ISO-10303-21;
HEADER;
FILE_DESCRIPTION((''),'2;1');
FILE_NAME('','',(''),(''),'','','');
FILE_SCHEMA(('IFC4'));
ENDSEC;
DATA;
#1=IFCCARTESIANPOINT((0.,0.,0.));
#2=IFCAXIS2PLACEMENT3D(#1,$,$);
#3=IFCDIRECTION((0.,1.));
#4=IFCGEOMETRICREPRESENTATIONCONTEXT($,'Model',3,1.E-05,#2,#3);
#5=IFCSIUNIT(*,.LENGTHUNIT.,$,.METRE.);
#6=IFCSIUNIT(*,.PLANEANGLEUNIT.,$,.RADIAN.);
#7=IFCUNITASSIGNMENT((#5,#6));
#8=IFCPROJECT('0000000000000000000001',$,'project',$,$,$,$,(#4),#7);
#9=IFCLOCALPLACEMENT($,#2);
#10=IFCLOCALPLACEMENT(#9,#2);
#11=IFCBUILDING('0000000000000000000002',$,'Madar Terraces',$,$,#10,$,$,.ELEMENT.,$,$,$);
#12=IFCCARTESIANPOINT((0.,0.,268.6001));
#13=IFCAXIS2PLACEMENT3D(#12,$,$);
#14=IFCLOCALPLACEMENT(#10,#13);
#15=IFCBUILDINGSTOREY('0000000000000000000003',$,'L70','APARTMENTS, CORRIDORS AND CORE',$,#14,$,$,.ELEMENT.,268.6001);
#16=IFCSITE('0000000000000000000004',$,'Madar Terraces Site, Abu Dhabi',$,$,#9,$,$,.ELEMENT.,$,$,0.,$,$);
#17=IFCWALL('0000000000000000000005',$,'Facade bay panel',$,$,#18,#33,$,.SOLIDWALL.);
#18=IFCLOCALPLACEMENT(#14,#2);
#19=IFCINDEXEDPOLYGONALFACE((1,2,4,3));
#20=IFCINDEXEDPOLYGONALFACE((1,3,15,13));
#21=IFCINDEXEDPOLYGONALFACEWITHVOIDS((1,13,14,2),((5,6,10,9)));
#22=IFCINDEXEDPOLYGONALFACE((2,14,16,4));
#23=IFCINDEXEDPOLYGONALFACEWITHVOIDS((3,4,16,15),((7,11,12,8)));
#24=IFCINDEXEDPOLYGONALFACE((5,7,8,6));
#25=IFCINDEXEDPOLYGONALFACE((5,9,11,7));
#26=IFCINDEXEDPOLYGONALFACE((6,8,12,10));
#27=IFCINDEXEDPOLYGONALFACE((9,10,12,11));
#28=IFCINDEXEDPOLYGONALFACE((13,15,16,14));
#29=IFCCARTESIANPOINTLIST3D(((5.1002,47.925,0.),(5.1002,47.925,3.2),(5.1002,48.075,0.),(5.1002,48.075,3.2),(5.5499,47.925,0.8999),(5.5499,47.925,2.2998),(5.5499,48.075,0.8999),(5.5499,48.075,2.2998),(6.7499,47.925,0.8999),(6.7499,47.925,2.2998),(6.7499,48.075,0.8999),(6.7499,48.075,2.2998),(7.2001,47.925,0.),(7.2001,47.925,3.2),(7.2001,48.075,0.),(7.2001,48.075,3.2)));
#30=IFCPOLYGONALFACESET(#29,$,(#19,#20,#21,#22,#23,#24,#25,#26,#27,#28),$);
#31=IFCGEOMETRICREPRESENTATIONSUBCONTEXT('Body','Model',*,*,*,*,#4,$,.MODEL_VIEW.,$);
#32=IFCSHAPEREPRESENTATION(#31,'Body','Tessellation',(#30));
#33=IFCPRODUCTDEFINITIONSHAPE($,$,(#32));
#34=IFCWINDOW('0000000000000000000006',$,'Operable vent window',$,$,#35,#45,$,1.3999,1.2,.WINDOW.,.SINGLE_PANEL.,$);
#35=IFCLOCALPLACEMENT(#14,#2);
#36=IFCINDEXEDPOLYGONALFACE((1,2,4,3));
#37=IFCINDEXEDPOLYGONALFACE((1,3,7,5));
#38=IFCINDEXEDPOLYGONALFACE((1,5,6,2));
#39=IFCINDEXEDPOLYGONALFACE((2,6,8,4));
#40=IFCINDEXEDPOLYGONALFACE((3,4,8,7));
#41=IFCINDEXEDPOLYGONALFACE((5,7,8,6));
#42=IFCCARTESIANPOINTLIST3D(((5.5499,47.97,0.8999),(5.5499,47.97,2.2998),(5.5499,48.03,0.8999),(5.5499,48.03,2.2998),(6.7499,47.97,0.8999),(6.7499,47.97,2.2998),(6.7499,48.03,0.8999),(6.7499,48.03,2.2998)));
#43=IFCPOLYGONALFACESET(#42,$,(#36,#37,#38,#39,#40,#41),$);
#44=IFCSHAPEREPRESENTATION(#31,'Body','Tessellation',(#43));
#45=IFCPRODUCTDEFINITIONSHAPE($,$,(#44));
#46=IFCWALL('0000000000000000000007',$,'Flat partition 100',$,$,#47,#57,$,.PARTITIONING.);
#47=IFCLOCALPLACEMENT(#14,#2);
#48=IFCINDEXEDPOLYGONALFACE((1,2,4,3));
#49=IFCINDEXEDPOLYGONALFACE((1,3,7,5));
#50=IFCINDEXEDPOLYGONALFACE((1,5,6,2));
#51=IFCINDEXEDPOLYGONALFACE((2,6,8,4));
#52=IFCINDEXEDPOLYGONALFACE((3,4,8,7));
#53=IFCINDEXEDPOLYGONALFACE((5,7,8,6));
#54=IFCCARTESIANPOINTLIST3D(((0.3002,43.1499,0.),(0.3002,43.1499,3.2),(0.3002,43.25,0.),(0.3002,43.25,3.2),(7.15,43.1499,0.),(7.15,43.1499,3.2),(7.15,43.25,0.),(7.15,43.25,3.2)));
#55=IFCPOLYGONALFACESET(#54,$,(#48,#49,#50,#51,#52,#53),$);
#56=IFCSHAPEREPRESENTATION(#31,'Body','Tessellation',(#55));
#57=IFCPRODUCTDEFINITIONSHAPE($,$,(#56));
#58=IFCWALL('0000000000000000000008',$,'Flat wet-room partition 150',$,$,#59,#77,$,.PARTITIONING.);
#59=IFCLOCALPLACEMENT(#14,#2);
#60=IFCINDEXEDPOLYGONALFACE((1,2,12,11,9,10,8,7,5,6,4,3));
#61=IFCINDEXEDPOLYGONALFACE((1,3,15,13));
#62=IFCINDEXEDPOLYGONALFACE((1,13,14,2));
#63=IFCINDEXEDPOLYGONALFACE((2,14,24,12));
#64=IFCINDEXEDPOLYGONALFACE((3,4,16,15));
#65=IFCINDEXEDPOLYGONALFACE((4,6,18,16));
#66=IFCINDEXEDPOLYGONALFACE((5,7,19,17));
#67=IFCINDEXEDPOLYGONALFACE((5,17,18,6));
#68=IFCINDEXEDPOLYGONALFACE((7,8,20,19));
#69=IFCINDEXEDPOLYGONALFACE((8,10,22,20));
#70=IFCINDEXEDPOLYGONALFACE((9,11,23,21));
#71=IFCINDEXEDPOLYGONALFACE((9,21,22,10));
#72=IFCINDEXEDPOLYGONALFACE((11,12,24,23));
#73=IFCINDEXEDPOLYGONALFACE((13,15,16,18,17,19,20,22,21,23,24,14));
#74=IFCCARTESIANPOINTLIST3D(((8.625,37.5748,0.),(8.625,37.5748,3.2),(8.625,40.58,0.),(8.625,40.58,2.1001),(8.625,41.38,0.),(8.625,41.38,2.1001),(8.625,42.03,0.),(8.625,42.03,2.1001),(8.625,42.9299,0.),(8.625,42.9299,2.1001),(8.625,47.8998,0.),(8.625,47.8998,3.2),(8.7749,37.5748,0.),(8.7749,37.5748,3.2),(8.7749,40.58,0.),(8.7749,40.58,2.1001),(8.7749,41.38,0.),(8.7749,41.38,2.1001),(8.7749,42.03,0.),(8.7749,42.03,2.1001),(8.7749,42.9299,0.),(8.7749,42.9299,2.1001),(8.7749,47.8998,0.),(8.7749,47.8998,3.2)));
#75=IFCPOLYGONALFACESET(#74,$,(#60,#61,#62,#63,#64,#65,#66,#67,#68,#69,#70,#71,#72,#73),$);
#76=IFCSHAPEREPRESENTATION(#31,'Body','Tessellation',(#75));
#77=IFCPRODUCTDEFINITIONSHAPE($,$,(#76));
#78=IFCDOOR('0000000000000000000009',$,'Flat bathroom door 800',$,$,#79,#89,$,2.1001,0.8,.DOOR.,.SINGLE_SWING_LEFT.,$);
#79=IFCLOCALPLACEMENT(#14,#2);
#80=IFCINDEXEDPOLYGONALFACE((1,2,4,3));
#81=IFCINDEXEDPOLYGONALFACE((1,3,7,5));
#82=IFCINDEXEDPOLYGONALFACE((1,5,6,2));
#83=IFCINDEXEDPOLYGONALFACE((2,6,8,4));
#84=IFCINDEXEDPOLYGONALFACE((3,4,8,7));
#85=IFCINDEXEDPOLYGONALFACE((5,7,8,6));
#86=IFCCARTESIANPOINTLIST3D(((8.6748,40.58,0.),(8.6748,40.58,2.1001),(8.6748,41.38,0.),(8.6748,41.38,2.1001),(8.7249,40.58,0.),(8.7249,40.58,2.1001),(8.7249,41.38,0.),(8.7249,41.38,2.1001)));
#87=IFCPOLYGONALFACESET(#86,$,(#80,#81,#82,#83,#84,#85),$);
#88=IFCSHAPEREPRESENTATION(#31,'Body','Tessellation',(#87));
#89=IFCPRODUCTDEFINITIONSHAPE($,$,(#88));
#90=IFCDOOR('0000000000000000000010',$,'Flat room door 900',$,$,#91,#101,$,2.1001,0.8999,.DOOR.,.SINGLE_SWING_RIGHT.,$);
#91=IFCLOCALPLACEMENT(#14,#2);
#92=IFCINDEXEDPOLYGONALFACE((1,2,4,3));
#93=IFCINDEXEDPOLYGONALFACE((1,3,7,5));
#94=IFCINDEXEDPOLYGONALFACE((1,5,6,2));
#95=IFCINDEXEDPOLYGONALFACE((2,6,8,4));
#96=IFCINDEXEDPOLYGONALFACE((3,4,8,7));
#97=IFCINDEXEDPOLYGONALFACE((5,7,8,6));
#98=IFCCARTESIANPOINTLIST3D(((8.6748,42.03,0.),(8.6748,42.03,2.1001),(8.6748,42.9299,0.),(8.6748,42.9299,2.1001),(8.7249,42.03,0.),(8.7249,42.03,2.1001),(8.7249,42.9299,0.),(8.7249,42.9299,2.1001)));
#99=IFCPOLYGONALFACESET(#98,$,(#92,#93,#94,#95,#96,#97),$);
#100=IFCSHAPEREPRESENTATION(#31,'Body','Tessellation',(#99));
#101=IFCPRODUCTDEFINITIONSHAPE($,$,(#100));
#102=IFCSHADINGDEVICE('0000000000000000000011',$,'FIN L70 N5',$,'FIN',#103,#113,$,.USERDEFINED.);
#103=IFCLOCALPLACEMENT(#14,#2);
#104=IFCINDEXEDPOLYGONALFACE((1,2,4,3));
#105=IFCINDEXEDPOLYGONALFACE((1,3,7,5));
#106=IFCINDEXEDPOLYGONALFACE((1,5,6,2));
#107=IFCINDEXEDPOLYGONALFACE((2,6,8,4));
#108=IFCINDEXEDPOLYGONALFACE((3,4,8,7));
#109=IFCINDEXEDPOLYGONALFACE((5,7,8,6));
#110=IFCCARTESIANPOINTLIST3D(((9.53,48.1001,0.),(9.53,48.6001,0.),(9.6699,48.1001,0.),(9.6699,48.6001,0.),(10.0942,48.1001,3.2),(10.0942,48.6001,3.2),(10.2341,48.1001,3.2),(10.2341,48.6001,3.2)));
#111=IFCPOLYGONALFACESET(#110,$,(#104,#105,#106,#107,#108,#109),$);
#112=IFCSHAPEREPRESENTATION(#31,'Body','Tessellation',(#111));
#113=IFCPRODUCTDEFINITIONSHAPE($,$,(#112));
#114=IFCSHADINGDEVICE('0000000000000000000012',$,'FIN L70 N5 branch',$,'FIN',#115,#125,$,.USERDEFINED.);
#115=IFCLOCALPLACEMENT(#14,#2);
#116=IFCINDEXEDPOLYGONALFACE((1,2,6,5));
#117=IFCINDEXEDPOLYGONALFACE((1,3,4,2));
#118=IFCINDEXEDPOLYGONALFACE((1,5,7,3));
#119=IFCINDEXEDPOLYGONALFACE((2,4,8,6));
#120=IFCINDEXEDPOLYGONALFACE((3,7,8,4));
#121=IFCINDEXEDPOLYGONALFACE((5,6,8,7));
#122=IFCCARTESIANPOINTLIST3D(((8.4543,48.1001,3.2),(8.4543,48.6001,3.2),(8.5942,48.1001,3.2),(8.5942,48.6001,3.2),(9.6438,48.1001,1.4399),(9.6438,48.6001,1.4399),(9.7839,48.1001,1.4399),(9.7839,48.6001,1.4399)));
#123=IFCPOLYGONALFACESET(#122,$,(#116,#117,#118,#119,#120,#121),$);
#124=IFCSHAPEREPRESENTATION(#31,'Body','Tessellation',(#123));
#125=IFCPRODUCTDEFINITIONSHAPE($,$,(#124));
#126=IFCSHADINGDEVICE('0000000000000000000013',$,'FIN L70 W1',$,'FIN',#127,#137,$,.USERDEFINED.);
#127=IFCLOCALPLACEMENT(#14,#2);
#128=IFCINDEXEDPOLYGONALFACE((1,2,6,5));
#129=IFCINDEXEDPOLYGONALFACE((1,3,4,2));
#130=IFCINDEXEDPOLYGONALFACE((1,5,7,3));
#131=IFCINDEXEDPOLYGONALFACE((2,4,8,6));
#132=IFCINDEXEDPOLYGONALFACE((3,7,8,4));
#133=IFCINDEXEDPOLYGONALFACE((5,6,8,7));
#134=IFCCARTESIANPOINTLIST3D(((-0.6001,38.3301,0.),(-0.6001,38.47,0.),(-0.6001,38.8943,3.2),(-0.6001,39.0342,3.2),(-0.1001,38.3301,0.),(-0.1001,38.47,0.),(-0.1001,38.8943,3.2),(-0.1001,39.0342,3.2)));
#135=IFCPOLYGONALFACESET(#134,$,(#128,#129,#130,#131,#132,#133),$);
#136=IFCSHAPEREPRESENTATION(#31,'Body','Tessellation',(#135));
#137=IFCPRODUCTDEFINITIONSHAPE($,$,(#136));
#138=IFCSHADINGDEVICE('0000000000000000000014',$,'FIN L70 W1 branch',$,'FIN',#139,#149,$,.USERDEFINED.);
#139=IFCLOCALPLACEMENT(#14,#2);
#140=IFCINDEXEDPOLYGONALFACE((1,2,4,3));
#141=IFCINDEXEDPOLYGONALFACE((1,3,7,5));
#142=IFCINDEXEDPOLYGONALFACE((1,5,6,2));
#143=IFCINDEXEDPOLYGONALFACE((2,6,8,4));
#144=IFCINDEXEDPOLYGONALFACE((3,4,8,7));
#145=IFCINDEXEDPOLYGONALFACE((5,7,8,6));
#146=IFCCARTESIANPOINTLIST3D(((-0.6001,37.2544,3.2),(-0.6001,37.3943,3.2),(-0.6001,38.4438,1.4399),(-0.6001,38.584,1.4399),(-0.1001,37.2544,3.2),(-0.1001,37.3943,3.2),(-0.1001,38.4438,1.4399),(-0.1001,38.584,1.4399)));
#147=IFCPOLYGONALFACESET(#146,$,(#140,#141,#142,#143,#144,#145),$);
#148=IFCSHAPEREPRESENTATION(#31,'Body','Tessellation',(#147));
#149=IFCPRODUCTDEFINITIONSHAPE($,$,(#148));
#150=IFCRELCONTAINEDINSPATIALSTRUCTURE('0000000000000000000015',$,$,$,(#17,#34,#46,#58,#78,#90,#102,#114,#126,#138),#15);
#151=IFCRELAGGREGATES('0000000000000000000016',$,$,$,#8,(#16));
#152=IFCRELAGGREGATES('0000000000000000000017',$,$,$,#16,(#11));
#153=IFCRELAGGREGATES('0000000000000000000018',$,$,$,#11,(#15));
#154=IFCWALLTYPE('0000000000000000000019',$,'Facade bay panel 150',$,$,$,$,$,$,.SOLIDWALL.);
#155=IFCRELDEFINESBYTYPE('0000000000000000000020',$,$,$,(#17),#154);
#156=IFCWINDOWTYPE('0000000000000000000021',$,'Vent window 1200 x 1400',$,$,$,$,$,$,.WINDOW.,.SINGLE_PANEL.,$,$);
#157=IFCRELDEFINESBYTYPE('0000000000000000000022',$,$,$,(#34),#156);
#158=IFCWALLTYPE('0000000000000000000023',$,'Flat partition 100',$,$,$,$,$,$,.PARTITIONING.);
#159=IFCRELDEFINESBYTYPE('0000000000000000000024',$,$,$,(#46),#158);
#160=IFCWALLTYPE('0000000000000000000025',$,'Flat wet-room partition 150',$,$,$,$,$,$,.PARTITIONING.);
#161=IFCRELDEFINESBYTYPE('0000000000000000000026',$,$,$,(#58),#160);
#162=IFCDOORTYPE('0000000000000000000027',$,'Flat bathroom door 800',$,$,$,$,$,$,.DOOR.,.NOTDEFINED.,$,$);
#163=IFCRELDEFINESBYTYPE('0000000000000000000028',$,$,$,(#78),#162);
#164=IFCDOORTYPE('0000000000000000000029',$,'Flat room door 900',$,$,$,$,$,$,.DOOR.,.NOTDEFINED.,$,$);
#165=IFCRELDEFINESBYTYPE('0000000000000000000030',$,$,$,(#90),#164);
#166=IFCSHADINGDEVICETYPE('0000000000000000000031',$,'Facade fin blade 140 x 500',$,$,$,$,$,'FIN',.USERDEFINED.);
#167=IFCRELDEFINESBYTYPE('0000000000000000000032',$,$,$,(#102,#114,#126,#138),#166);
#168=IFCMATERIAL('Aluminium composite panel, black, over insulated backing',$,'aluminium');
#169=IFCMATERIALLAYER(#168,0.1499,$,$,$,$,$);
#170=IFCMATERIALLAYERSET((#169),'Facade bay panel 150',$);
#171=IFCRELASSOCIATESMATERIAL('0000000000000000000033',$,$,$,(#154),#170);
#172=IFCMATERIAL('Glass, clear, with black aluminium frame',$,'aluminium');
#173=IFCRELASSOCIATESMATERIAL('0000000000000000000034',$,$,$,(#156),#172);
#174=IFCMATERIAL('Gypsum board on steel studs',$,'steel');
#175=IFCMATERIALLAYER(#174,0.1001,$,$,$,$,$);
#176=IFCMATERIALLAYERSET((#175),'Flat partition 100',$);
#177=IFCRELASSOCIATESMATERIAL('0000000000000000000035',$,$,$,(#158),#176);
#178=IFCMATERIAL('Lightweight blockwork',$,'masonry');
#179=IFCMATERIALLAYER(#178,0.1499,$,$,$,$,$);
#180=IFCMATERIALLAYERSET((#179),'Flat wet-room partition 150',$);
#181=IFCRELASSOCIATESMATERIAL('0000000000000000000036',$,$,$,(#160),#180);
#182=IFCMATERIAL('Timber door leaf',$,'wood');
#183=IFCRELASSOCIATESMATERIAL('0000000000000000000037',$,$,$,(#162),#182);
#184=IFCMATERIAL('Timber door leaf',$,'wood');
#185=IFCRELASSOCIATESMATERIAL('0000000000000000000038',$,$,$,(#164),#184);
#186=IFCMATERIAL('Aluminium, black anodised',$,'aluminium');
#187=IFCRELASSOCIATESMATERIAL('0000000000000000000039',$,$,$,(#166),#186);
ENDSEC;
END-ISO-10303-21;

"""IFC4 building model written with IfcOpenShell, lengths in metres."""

from ifc_helpers import new_model, si_unit, direction, frame, frame_2d, origin, place, context, subcontext, project, spatial, polyline, rectangle, outline, extrude, material, layer, layer_set, type_object, element, fill, save


model = new_model("IFC4")

# Units and contexts
model_context = context("Model", 3, precision=1e-05, world=origin(), true_north=direction((0.0, 1.0)))
body_context = subcontext(model_context, "Body", "Model", "MODEL_VIEW")
ifc_project = project(units=[si_unit("LENGTHUNIT", "METRE"), si_unit("PLANEANGLEUNIT", "RADIAN")], contexts=[model_context])

# Site, building, storey
site_placement = place(None, origin())
site = spatial("IfcSite", under=ifc_project, at=site_placement, Name="Madar Terraces Site, Abu Dhabi", CompositionType="ELEMENT", RefElevation=0.0)
building_placement = place(site_placement, origin())
building = spatial("IfcBuilding", under=site, at=building_placement, Name="Madar Terraces", CompositionType="ELEMENT")
storey_placement = place(building_placement, frame((0.0, 0.0, 268.6001)))
storey = spatial("IfcBuildingStorey", under=building, at=storey_placement, Name="L70", Description="APARTMENTS, CORRIDORS AND CORE", CompositionType="ELEMENT", Elevation=268.6001)

# Wall, opening, window
ifc_material_1 = material(Name="Aluminium composite panel, black, over insulated backing", Category="aluminium")
ifc_layer_1 = layer(ifc_material_1, 0.1499)
ifc_layer_set_1 = layer_set([ifc_layer_1], Name="Facade bay panel 150")
wall_type_1 = type_object("IfcWallType", Name="Facade bay panel 150", PredefinedType="SOLIDWALL", material=ifc_layer_set_1)
wall_1_placement = place(storey_placement, frame((7.2, 48.0, 0.0), z_axis=(0.0, 0.0, 1.0), x_axis=(-1.0, 0.0, 0.0)))
wall_1 = element("IfcWall", 1, at=wall_1_placement, inside=storey, type_object=wall_type_1, Name="Facade bay panel", PredefinedType="SOLIDWALL", context=body_context, shape_type="SweptSolid", body=[
    extrude(rectangle(XDim=2.0999, YDim=0.1499, at=frame_2d((1.0498, 0.0))), origin(), (0.0, 0.0, 1.0), 3.2),
])
opening_1_placement = place(wall_1_placement, frame((0.45, 0.0, 0.8999)))
opening_1 = element("IfcOpeningElement", 2, at=opening_1_placement, cuts=wall_1, PredefinedType="OPENING", context=body_context, shape_type="SweptSolid", body=[
    extrude(rectangle(XDim=1.2, YDim=1.3999, at=frame_2d((0.6001, 0.7))), frame((0.0, 0.085, 0.0), z_axis=(0.0, -1.0, 0.0), x_axis=(1.0, 0.0, 0.0)), (0.0, 0.0, 1.0), 0.1699),
])
ifc_material_2 = material(Name="Glass, clear, with black aluminium frame", Category="aluminium")
window_type = type_object("IfcWindowType", Name="Vent window 1200 x 1400", PartitioningType="SINGLE_PANEL", PredefinedType="WINDOW", material=ifc_material_2)
window_placement = place(opening_1_placement, origin())
window = element("IfcWindow", 3, at=window_placement, inside=storey, type_object=window_type, Name="Operable vent window", OverallHeight=1.3999, OverallWidth=1.2, PartitioningType="SINGLE_PANEL", PredefinedType="WINDOW", context=body_context, shape_type="SweptSolid", body=[
    extrude(rectangle(XDim=1.2, YDim=1.3999, at=frame_2d((0.6001, 0.7))), frame((0.0, 0.03, 0.0), z_axis=(0.0, -1.0, 0.0), x_axis=(1.0, 0.0, 0.0)), (0.0, 0.0, 1.0), 0.0601),
])
fill(opening_1, window)

# Wall
ifc_material_3 = material(Name="Gypsum board on steel studs", Category="steel")
ifc_layer_2 = layer(ifc_material_3, 0.1001)
ifc_layer_set_2 = layer_set([ifc_layer_2], Name="Flat partition 100")
wall_type_2 = type_object("IfcWallType", Name="Flat partition 100", PredefinedType="PARTITIONING", material=ifc_layer_set_2)
wall_2_placement = place(storey_placement, frame((7.1499, 43.2, 0.0), z_axis=(0.0, 0.0, 1.0), x_axis=(-1.0, 0.0, 0.0)))
element("IfcWall", 4, at=wall_2_placement, inside=storey, type_object=wall_type_2, Name="Flat partition 100", PredefinedType="PARTITIONING", context=body_context, shape_type="SweptSolid", body=[
    extrude(rectangle(XDim=6.8499, YDim=0.1001, at=frame_2d((3.4248, 0.0))), origin(), (0.0, 0.0, 1.0), 3.2),
])

# Wall, openings, doors
ifc_material_4 = material(Name="Lightweight blockwork", Category="masonry")
ifc_layer_3 = layer(ifc_material_4, 0.1499)
ifc_layer_set_3 = layer_set([ifc_layer_3], Name="Flat wet-room partition 150")
wall_type_3 = type_object("IfcWallType", Name="Flat wet-room partition 150", PredefinedType="PARTITIONING", material=ifc_layer_set_3)
wall_3_placement = place(storey_placement, frame((8.7, 47.8999, 0.0), z_axis=(0.0, 0.0, 1.0), x_axis=(0.0, -1.0, 0.0)))
wall_3 = element("IfcWall", 5, at=wall_3_placement, inside=storey, type_object=wall_type_3, Name="Flat wet-room partition 150", PredefinedType="PARTITIONING", context=body_context, shape_type="SweptSolid", body=[
    extrude(rectangle(XDim=10.325, YDim=0.1499, at=frame_2d((5.1626, 0.0))), origin(), (0.0, 0.0, 1.0), 3.2),
])
opening_2_placement = place(wall_3_placement, frame((6.52, 0.0, 0.0)))
opening_2 = element("IfcOpeningElement", 6, at=opening_2_placement, cuts=wall_3, PredefinedType="OPENING", context=body_context, shape_type="SweptSolid", body=[
    extrude(rectangle(XDim=0.8, YDim=2.1001, at=frame_2d((0.3999, 1.05))), frame((0.0, 0.085, 0.0), z_axis=(0.0, -1.0, 0.0), x_axis=(1.0, 0.0, 0.0)), (0.0, 0.0, 1.0), 0.1699),
])
opening_3_placement = place(wall_3_placement, frame((4.97, 0.0, 0.0)))
opening_3 = element("IfcOpeningElement", 7, at=opening_3_placement, cuts=wall_3, PredefinedType="OPENING", context=body_context, shape_type="SweptSolid", body=[
    extrude(rectangle(XDim=0.8999, YDim=2.1001, at=frame_2d((0.45, 1.05))), frame((0.0, 0.085, 0.0), z_axis=(0.0, -1.0, 0.0), x_axis=(1.0, 0.0, 0.0)), (0.0, 0.0, 1.0), 0.1699),
])
ifc_material_5 = material(Name="Timber door leaf", Category="wood")
door_type_1 = type_object("IfcDoorType", Name="Flat bathroom door 800", OperationType="NOTDEFINED", PredefinedType="DOOR", material=ifc_material_5)
door_1_placement = place(opening_2_placement, origin())
door_1 = element("IfcDoor", 8, at=door_1_placement, inside=storey, type_object=door_type_1, Name="Flat bathroom door 800", OperationType="SINGLE_SWING_LEFT", OverallHeight=2.1001, OverallWidth=0.8, PredefinedType="DOOR", context=body_context, shape_type="SweptSolid", body=[
    extrude(rectangle(XDim=0.8, YDim=2.1001, at=frame_2d((0.3999, 1.05))), frame((0.0, 0.0249, 0.0), z_axis=(0.0, -1.0, 0.0), x_axis=(1.0, 0.0, 0.0)), (0.0, 0.0, 1.0), 0.05),
])
fill(opening_2, door_1)
ifc_material_6 = material(Name="Timber door leaf", Category="wood")
door_type_2 = type_object("IfcDoorType", Name="Flat room door 900", OperationType="NOTDEFINED", PredefinedType="DOOR", material=ifc_material_6)
door_2_placement = place(opening_3_placement, origin())
door_2 = element("IfcDoor", 9, at=door_2_placement, inside=storey, type_object=door_type_2, Name="Flat room door 900", OperationType="SINGLE_SWING_RIGHT", OverallHeight=2.1001, OverallWidth=0.8999, PredefinedType="DOOR", context=body_context, shape_type="SweptSolid", body=[
    extrude(rectangle(XDim=0.8999, YDim=2.1001, at=frame_2d((0.45, 1.05))), frame((0.0, 0.0249, 0.0), z_axis=(0.0, -1.0, 0.0), x_axis=(1.0, 0.0, 0.0)), (0.0, 0.0, 1.0), 0.05),
])
fill(opening_3, door_2)

# Shading devices
ifc_material_7 = material(Name="Aluminium, black anodised", Category="aluminium")
shading_device_type = type_object("IfcShadingDeviceType", Name="Facade fin blade 140 x 500", ElementType="FIN", PredefinedType="USERDEFINED", material=ifc_material_7)
shading_device_1_placement = place(storey_placement, frame((9.6699, 48.3501, 0.0), z_axis=(0.0, 0.0, 1.0), x_axis=(-1.0, 0.0, 0.0)))
element("IfcShadingDevice", 10, at=shading_device_1_placement, inside=storey, type_object=shading_device_type, Name="FIN L70 N5", ObjectType="FIN", PredefinedType="USERDEFINED", context=body_context, shape_type="SweptSolid", body=[
    extrude(outline(polyline([(0.0, 0.0), (0.1399, 0.0), (-0.4243, 3.2), (-0.5642, 3.2), (0.0, 0.0)])), frame((0.0, 0.25, 0.0), z_axis=(0.0, -1.0, 0.0), x_axis=(1.0, 0.0, 0.0)), (0.0, 0.0, 1.0), 0.5),
])
shading_device_2_placement = place(storey_placement, frame((9.7839, 48.3501, 1.4399), z_axis=(0.0, 0.0, 1.0), x_axis=(-1.0, 0.0, 0.0)))
element("IfcShadingDevice", 11, at=shading_device_2_placement, inside=storey, type_object=shading_device_type, Name="FIN L70 N5 branch", ObjectType="FIN", PredefinedType="USERDEFINED", context=body_context, shape_type="SweptSolid", body=[
    extrude(outline(polyline([(0.0, 0.0), (0.1401, 0.0), (1.3296, 1.76), (1.1897, 1.76), (0.0, 0.0)])), frame((0.0, 0.25, 0.0), z_axis=(0.0, -1.0, 0.0), x_axis=(1.0, 0.0, 0.0)), (0.0, 0.0, 1.0), 0.5),
])
shading_device_3_placement = place(storey_placement, frame((-0.3501, 38.47, 0.0), z_axis=(0.0, 0.0, 1.0), x_axis=(0.0, -1.0, 0.0)))
element("IfcShadingDevice", 12, at=shading_device_3_placement, inside=storey, type_object=shading_device_type, Name="FIN L70 W1", ObjectType="FIN", PredefinedType="USERDEFINED", context=body_context, shape_type="SweptSolid", body=[
    extrude(outline(polyline([(0.0, 0.0), (0.1399, 0.0), (-0.4243, 3.2), (-0.5642, 3.2), (0.0, 0.0)])), frame((0.0, 0.25, 0.0), z_axis=(0.0, -1.0, 0.0), x_axis=(1.0, 0.0, 0.0)), (0.0, 0.0, 1.0), 0.5),
])
shading_device_4_placement = place(storey_placement, frame((-0.3501, 38.584, 1.4399), z_axis=(0.0, 0.0, 1.0), x_axis=(0.0, -1.0, 0.0)))
element("IfcShadingDevice", 13, at=shading_device_4_placement, inside=storey, type_object=shading_device_type, Name="FIN L70 W1 branch", ObjectType="FIN", PredefinedType="USERDEFINED", context=body_context, shape_type="SweptSolid", body=[
    extrude(outline(polyline([(0.0, 0.0), (0.1401, 0.0), (1.3296, 1.76), (1.1897, 1.76), (0.0, 0.0)])), frame((0.0, 0.25, 0.0), z_axis=(0.0, -1.0, 0.0), x_axis=(1.0, 0.0, 0.0)), (0.0, 0.0, 1.0), 0.5),
])

save(model, "model.ifc")
